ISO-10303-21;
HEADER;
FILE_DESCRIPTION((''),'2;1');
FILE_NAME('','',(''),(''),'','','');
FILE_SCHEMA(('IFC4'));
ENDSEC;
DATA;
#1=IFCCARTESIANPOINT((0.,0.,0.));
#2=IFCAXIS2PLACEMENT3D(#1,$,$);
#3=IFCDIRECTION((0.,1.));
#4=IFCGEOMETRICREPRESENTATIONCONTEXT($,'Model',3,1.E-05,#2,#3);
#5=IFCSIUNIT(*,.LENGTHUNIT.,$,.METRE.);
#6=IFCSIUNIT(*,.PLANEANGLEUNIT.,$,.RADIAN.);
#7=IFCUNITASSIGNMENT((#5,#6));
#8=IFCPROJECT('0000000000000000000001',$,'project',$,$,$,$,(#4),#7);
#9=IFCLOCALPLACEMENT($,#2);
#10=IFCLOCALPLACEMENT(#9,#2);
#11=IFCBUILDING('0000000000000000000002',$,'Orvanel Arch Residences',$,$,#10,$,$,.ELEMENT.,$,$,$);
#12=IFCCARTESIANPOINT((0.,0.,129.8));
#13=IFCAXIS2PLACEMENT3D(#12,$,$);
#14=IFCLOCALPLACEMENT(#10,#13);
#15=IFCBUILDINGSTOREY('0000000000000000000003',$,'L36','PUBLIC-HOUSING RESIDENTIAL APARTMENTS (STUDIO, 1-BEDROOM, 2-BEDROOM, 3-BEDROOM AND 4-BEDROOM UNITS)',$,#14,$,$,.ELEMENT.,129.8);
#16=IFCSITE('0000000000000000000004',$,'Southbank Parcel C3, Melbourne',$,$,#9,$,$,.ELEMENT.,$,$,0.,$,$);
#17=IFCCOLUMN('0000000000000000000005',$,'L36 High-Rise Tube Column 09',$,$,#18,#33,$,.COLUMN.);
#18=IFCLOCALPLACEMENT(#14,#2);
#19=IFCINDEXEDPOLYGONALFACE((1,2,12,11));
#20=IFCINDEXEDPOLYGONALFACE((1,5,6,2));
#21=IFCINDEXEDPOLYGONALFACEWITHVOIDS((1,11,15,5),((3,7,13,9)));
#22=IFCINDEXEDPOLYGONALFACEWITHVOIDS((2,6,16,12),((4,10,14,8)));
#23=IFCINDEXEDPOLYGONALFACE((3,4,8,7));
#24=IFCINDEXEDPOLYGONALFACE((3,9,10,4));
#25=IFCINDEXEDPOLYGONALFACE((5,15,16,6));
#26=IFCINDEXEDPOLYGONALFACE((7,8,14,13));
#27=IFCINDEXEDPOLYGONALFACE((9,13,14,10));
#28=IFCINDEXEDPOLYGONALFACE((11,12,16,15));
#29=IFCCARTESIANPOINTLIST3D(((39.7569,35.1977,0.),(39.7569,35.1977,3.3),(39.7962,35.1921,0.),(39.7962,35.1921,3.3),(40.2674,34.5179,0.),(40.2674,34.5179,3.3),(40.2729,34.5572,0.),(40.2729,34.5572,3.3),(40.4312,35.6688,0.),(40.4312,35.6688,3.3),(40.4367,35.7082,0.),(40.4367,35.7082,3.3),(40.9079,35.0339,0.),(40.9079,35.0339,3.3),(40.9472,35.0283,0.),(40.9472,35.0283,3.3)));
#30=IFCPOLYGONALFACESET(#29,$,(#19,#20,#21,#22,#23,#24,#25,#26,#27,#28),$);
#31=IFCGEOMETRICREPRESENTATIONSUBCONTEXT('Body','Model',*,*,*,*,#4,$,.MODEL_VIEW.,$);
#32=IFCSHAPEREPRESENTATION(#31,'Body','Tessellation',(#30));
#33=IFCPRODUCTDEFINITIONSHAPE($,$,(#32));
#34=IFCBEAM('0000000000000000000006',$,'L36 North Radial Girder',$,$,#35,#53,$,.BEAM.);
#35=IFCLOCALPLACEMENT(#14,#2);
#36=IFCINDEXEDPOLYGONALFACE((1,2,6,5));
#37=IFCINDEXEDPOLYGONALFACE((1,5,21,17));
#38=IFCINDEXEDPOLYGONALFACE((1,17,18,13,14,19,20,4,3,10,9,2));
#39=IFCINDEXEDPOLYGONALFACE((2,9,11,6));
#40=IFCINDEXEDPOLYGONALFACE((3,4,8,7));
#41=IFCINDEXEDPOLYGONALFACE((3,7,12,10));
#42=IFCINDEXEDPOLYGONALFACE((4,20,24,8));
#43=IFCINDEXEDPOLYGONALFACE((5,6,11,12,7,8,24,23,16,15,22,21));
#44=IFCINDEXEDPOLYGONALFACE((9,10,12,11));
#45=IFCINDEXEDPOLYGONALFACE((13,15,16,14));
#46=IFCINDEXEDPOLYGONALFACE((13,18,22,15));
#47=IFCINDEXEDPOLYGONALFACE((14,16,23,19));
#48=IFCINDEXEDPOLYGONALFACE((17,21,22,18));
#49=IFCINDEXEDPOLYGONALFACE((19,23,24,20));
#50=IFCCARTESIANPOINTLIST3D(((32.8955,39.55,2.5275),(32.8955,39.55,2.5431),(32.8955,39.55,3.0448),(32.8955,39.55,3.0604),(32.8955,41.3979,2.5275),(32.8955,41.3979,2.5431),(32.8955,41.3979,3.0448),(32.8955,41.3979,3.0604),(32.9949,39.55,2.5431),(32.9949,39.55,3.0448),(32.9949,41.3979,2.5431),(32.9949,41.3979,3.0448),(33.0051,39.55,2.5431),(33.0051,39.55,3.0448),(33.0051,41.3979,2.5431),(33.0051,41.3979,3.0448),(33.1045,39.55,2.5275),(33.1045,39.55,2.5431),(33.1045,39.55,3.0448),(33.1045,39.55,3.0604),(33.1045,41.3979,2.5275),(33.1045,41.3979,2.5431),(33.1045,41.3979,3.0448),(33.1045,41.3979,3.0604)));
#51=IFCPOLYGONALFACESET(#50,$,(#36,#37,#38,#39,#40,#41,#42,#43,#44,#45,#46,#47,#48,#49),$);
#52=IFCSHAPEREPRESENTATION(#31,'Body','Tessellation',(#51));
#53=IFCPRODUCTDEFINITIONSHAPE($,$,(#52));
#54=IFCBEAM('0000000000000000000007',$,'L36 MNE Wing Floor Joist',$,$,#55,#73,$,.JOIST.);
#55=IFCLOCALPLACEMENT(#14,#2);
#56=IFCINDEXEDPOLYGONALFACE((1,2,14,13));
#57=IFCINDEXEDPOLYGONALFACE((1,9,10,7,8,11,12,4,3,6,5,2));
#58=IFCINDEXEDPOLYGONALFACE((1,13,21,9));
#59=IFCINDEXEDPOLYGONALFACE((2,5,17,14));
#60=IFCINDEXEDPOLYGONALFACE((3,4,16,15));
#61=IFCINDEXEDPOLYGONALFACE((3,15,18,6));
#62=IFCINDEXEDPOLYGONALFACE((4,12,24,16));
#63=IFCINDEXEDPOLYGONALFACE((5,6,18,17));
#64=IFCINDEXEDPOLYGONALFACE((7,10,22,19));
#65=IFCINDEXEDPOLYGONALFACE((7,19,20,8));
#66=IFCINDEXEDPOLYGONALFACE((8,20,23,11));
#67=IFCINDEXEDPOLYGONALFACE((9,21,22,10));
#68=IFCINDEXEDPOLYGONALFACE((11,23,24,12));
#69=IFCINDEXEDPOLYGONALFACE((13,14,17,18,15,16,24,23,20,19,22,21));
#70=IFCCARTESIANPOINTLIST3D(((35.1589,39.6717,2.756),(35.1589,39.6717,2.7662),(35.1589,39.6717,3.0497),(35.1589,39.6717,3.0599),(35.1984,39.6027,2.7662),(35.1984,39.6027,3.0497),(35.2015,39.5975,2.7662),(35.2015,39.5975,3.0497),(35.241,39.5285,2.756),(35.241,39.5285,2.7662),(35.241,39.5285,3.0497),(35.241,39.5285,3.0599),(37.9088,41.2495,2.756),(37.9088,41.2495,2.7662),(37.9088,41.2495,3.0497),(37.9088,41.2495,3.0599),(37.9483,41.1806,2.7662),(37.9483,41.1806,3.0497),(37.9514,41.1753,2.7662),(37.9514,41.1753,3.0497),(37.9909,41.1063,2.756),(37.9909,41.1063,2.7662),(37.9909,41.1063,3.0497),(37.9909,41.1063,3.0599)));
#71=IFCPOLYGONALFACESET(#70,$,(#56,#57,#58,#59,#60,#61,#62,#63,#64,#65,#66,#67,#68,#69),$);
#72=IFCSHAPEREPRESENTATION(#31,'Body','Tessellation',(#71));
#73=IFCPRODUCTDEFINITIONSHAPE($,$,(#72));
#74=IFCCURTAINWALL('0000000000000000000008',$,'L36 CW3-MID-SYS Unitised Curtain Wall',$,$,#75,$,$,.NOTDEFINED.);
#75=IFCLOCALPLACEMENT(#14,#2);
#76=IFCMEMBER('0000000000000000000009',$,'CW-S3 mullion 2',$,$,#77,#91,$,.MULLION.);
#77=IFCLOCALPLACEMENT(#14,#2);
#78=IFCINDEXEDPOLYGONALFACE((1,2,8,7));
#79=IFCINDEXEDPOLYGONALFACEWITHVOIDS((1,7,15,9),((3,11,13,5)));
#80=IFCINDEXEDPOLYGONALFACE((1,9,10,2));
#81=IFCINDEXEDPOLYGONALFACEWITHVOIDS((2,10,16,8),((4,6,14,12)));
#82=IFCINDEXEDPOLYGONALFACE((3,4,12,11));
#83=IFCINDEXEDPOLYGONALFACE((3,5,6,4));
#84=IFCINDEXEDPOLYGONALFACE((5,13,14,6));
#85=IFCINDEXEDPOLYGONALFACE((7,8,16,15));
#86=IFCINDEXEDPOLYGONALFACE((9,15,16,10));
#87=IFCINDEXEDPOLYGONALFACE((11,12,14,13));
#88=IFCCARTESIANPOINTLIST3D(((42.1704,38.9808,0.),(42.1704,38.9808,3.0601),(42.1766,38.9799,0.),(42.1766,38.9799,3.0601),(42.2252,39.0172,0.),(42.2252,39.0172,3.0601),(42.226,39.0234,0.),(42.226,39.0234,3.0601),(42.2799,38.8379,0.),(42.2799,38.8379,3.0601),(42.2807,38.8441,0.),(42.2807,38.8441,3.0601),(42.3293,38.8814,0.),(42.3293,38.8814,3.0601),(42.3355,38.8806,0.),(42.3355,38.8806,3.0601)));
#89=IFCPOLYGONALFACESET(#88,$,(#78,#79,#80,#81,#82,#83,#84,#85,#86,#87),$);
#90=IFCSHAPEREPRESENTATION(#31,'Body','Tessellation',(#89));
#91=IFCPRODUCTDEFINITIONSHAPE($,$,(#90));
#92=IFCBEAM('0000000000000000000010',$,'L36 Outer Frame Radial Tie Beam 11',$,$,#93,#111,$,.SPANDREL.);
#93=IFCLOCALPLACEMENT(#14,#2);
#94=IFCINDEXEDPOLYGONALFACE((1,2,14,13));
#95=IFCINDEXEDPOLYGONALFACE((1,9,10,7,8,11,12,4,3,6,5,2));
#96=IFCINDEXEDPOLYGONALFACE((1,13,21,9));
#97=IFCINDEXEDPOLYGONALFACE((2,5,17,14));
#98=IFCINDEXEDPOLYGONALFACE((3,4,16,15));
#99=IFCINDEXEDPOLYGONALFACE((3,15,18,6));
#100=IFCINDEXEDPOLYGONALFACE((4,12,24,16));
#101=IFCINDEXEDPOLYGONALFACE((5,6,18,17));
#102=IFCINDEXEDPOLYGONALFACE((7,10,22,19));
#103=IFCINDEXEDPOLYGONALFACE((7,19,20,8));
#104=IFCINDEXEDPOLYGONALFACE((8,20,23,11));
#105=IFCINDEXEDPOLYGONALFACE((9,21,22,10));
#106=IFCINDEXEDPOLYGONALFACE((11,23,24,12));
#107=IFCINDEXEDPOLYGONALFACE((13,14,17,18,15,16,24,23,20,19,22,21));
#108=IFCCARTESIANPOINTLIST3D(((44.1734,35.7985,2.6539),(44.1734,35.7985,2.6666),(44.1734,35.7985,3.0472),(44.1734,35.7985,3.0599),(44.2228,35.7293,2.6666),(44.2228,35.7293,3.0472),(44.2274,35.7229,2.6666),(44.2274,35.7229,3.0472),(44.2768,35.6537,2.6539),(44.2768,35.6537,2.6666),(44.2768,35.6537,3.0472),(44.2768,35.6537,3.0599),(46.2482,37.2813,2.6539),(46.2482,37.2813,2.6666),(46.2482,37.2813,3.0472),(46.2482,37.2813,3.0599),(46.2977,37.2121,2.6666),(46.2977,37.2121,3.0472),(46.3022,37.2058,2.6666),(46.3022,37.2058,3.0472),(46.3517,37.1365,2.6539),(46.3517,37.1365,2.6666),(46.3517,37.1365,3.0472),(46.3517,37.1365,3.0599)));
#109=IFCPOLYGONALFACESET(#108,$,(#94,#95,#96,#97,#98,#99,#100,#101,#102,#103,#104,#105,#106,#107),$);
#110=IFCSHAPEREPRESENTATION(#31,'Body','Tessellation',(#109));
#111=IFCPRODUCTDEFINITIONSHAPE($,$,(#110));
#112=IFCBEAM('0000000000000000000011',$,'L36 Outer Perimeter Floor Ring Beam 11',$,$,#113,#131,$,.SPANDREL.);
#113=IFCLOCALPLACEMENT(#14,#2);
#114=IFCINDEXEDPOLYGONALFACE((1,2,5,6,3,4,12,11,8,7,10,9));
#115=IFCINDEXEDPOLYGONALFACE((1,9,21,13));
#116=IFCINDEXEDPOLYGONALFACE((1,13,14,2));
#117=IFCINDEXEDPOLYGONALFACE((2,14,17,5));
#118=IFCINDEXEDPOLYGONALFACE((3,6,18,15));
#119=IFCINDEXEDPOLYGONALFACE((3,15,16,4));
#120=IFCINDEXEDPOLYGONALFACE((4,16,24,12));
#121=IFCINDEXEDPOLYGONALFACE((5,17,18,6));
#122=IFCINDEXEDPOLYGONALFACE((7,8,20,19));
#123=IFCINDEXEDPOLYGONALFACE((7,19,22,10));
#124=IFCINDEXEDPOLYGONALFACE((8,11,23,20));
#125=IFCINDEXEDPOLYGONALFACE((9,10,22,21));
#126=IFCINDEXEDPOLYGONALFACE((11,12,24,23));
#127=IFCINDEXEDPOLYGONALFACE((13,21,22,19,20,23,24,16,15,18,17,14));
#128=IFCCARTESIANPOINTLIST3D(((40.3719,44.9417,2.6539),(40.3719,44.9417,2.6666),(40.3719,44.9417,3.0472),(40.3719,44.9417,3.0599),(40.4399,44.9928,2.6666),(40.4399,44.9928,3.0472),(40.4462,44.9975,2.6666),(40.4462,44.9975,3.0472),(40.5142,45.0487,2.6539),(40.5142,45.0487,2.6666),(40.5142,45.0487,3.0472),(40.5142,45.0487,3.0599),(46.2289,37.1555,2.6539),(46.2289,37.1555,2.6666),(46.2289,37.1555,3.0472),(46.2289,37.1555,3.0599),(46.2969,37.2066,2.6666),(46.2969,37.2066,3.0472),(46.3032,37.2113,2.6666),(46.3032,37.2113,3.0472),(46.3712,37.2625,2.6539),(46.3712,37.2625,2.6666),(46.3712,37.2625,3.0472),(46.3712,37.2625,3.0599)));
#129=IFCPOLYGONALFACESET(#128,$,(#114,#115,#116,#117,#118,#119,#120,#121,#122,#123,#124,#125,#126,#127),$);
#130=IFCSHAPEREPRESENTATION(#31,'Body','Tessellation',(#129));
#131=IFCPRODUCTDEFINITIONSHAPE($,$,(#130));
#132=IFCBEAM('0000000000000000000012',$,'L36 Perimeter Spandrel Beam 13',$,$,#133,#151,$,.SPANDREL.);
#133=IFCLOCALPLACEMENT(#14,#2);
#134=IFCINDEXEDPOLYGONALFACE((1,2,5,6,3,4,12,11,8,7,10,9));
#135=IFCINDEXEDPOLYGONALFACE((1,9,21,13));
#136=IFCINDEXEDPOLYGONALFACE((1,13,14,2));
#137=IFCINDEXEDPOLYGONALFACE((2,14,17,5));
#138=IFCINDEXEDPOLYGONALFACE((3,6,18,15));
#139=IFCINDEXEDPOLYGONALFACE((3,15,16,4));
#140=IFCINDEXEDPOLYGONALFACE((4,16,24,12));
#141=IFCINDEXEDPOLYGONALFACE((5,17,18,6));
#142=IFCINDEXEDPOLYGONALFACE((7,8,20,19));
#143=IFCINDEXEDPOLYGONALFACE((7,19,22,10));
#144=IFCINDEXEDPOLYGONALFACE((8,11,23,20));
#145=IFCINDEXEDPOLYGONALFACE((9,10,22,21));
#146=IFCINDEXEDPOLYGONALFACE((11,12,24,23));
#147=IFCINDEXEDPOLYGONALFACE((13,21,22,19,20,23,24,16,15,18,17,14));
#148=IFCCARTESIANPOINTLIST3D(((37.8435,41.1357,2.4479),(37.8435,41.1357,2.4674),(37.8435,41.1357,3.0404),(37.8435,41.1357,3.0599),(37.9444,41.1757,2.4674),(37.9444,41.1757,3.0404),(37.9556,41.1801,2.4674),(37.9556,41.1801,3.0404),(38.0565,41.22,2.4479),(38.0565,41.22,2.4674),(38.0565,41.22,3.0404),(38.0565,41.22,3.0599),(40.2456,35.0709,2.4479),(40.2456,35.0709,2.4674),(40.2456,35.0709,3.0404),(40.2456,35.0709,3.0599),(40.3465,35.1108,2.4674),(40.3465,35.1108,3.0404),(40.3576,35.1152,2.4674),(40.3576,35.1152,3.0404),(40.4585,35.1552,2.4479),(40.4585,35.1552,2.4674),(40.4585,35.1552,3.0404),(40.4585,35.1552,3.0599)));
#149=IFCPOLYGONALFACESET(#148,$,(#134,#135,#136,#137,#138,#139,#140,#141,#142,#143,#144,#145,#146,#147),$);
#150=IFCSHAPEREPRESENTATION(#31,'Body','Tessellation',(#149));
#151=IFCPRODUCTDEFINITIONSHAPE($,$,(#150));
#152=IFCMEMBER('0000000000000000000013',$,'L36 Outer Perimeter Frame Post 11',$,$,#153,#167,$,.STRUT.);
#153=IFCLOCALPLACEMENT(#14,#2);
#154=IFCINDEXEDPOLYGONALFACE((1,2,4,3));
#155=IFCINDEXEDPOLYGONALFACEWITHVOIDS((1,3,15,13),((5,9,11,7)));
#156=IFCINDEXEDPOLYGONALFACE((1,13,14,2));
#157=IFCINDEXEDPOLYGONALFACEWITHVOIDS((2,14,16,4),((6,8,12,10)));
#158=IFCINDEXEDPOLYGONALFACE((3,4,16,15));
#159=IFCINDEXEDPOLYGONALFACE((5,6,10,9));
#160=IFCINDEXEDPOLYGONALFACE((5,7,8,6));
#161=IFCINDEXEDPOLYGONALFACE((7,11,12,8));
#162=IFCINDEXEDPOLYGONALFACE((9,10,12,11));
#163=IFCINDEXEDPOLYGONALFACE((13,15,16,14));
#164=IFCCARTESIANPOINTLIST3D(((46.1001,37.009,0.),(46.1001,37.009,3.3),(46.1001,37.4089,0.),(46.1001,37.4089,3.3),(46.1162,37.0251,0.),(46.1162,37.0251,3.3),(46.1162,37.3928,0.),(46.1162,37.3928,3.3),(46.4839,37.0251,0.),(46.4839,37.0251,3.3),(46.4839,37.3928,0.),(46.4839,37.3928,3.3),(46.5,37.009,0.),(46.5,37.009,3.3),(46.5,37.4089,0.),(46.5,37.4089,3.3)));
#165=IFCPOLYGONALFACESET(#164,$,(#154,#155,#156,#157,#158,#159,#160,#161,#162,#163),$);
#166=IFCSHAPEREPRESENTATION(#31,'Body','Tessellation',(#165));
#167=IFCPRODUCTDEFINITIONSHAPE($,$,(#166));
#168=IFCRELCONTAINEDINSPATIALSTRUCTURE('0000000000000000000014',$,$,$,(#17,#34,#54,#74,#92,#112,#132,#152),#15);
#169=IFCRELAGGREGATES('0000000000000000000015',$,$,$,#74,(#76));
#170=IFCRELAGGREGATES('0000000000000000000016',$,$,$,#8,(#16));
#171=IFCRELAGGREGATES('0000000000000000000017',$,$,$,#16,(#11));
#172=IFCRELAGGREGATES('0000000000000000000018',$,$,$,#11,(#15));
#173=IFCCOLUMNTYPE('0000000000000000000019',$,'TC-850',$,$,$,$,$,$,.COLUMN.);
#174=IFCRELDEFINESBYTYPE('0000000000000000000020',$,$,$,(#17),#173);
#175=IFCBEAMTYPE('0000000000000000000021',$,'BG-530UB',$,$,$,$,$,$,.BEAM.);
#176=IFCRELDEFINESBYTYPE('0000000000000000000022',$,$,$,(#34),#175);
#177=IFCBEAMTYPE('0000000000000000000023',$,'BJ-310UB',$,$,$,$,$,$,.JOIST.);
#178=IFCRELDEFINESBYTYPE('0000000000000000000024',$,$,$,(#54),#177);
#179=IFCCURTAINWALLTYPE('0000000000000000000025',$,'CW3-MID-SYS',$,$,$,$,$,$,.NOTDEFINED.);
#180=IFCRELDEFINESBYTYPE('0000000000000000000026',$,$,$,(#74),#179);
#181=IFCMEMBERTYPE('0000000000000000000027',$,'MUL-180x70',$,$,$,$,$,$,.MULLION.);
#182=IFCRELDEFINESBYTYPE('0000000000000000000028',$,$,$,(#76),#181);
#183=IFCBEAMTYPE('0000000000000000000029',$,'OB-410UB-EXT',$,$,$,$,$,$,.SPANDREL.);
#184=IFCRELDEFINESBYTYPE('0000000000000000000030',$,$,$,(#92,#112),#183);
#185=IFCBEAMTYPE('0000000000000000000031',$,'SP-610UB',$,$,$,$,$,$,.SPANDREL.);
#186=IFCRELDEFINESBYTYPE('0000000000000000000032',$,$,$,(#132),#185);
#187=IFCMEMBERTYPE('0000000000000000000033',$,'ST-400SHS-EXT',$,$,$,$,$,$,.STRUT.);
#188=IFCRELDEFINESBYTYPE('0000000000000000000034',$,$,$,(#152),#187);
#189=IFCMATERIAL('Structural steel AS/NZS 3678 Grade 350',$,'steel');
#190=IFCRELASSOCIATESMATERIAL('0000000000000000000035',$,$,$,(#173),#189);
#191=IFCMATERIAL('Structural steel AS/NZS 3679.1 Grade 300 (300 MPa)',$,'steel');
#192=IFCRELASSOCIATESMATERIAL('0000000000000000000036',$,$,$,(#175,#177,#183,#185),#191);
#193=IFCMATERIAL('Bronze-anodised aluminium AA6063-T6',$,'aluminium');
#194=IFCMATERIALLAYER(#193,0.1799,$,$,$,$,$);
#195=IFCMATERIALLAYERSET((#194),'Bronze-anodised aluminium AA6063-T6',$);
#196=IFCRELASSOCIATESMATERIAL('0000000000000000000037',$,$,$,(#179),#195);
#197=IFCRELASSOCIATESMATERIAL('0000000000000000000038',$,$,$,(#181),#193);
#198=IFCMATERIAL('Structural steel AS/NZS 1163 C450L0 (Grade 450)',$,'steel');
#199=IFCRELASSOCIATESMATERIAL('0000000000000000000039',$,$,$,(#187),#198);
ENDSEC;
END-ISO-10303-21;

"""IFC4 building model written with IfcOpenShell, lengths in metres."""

from ifc_helpers import new_model, si_unit, direction, frame, origin, origin_2d, place, context, subcontext, project, spatial, hollow_rectangle, i_section, extrude, material, layer, layer_set, material_profile, profile_set, type_object, element, aggregate, save


model = new_model("IFC4")

# Units and contexts
model_context = context("Model", 3, precision=1e-05, world=origin(), true_north=direction((0.0, 1.0)))
body_context = subcontext(model_context, "Body", "Model", "MODEL_VIEW")
ifc_project = project(units=[si_unit("LENGTHUNIT", "METRE"), si_unit("PLANEANGLEUNIT", "RADIAN")], contexts=[model_context])

# Site, building, storey
site_placement = place(None, origin())
site = spatial("IfcSite", under=ifc_project, at=site_placement, Name="Southbank Parcel C3, Melbourne", CompositionType="ELEMENT", RefElevation=0.0)
building_placement = place(site_placement, origin())
building = spatial("IfcBuilding", under=site, at=building_placement, Name="Orvanel Arch Residences", CompositionType="ELEMENT")
storey_placement = place(building_placement, frame((0.0, 0.0, 129.8)))
storey = spatial("IfcBuildingStorey", under=building, at=storey_placement, Name="L36", Description="PUBLIC-HOUSING RESIDENTIAL APARTMENTS (STUDIO, 1-BEDROOM, 2-BEDROOM, 3-BEDROOM AND 4-BEDROOM UNITS)", CompositionType="ELEMENT", Elevation=129.8)

# Column
ifc_material_1 = material(Name="Structural steel AS/NZS 3678 Grade 350", Category="steel")
ifc_material_profile_1 = material_profile(ifc_material_1, hollow_rectangle(XDim=0.8501, YDim=0.8501, WallThickness=0.0281, at=origin_2d()), Name="BOX850x850x28")
ifc_profile_set_1 = profile_set([ifc_material_profile_1], Name="Structural steel AS/NZS 3678 Grade 350")
column_type = type_object("IfcColumnType", Name="TC-850", PredefinedType="COLUMN", material=ifc_profile_set_1)
column_placement = place(storey_placement, frame((40.3521, 35.113, 0.0), z_axis=(0.0, 0.0, 1.0), x_axis=(-0.60042, 0.799685, 0.0)))
element("IfcColumn", 1, at=column_placement, inside=storey, type_object=column_type, Name="L36 High-Rise Tube Column 09", PredefinedType="COLUMN", context=body_context, shape_type="SweptSolid", body=[
    extrude(hollow_rectangle(XDim=0.8501, YDim=0.8501, WallThickness=0.0281, at=origin_2d()), origin(), (0.0, 0.0, 1.0), 3.3),
])

# Beams
ifc_material_2 = material(Name="Structural steel AS/NZS 3679.1 Grade 300 (300 MPa)", Category="steel")
ifc_material_profile_2 = material_profile(ifc_material_2, i_section(OverallWidth=0.209, OverallDepth=0.533, WebThickness=0.0103, FlangeThickness=0.0156, at=origin_2d()), Name="530UB92.4")
ifc_profile_set_2 = profile_set([ifc_material_profile_2], Name="Structural steel AS/NZS 3679.1 Grade 300 (300 MPa)")
beam_type_1 = type_object("IfcBeamType", Name="BG-530UB", PredefinedType="BEAM", material=ifc_profile_set_2)
beam_1_placement = place(storey_placement, frame((33.0, 39.55, 2.7939), z_axis=(0.0, 1.0, 0.0), x_axis=(-1.0, 0.0, 0.0)))
element("IfcBeam", 2, at=beam_1_placement, inside=storey, type_object=beam_type_1, Name="L36 North Radial Girder", PredefinedType="BEAM", context=body_context, shape_type="SweptSolid", body=[
    extrude(i_section(OverallWidth=0.209, OverallDepth=0.533, WebThickness=0.0103, FlangeThickness=0.0156, at=origin_2d()), origin(), (0.0, 0.0, 1.0), 1.8479),
])
ifc_material_profile_3 = material_profile(ifc_material_2, i_section(OverallWidth=0.165, OverallDepth=0.304, WebThickness=0.0061, FlangeThickness=0.0103, at=origin_2d()), Name="310UB40.4")
ifc_profile_set_3 = profile_set([ifc_material_profile_3], Name="Structural steel AS/NZS 3679.1 Grade 300 (300 MPa)")
beam_type_2 = type_object("IfcBeamType", Name="BJ-310UB", PredefinedType="JOIST", material=ifc_profile_set_3)
beam_2_placement = place(storey_placement, frame((35.2, 39.6001, 2.908), z_axis=(0.867365, 0.497672, 0.0), x_axis=(-0.497672, 0.867365, 0.0)))
element("IfcBeam", 3, at=beam_2_placement, inside=storey, type_object=beam_type_2, Name="L36 MNE Wing Floor Joist", PredefinedType="JOIST", context=body_context, shape_type="SweptSolid", body=[
    extrude(i_section(OverallWidth=0.165, OverallDepth=0.304, WebThickness=0.0061, FlangeThickness=0.0103, at=origin_2d()), origin(), (0.0, 0.0, 1.0), 3.1704),
])

# Curtain wall, member
ifc_material_3 = material(Name="Bronze-anodised aluminium AA6063-T6", Category="aluminium")
ifc_layer_1 = layer(ifc_material_3, 0.1799)
ifc_layer_set_1 = layer_set([ifc_layer_1], Name="Bronze-anodised aluminium AA6063-T6")
curtain_wall_type = type_object("IfcCurtainWallType", Name="CW3-MID-SYS", PredefinedType="NOTDEFINED", material=ifc_layer_set_1)
curtain_wall_placement = place(storey_placement, origin())
curtain_wall = element("IfcCurtainWall", 4, at=curtain_wall_placement, inside=storey, type_object=curtain_wall_type, Name="L36 CW3-MID-SYS Unitised Curtain Wall", PredefinedType="NOTDEFINED")
ifc_material_profile_4 = material_profile(ifc_material_3, hollow_rectangle(XDim=0.0701, YDim=0.1799, WallThickness=0.0044, at=origin_2d()), Name="ALU180x70x4.5")
ifc_profile_set_4 = profile_set([ifc_material_profile_4], Name="Bronze-anodised aluminium AA6063-T6")
member_type_1 = type_object("IfcMemberType", Name="MUL-180x70", PredefinedType="MULLION", material=ifc_profile_set_4)
member_1_placement = place(storey_placement, frame((42.2529, 38.9307, 0.0), z_axis=(0.0, 0.0, 1.0), x_axis=(-0.793686, -0.608328, 0.0)))
member_1 = element("IfcMember", 5, at=member_1_placement, type_object=member_type_1, Name="CW-S3 mullion 2", PredefinedType="MULLION", context=body_context, shape_type="SweptSolid", body=[
    extrude(hollow_rectangle(XDim=0.0701, YDim=0.1799, WallThickness=0.0044, at=origin_2d()), origin(), (0.0, 0.0, 1.0), 3.0601),
])

# Beams
ifc_material_profile_5 = material_profile(ifc_material_2, i_section(OverallWidth=0.178, OverallDepth=0.406, WebThickness=0.0078, FlangeThickness=0.0127, at=origin_2d()), Name="410UB59.7")
ifc_profile_set_5 = profile_set([ifc_material_profile_5], Name="Structural steel AS/NZS 3679.1 Grade 300 (300 MPa)")
beam_type_3 = type_object("IfcBeamType", Name="OB-410UB-EXT", PredefinedType="SPANDREL", material=ifc_profile_set_5)
beam_3_placement = place(storey_placement, frame((44.2251, 35.7261, 2.8569), z_axis=(0.813585, 0.581446, 0.0), x_axis=(-0.581446, 0.813585, 0.0)))
element("IfcBeam", 6, at=beam_3_placement, inside=storey, type_object=beam_type_3, Name="L36 Outer Frame Radial Tie Beam 11", PredefinedType="SPANDREL", context=body_context, shape_type="SweptSolid", body=[
    extrude(i_section(OverallWidth=0.178, OverallDepth=0.406, WebThickness=0.0078, FlangeThickness=0.0127, at=origin_2d()), origin(), (0.0, 0.0, 1.0), 2.5503),
])
beam_4_placement = place(storey_placement, frame((46.3, 37.209, 2.8569), z_axis=(-0.601138, 0.799145, 0.0), x_axis=(-0.799145, -0.601138, 0.0)))
element("IfcBeam", 7, at=beam_4_placement, inside=storey, type_object=beam_type_3, Name="L36 Outer Perimeter Floor Ring Beam 11", PredefinedType="SPANDREL", context=body_context, shape_type="SweptSolid", body=[
    extrude(i_section(OverallWidth=0.178, OverallDepth=0.406, WebThickness=0.0078, FlangeThickness=0.0127, at=origin_2d()), origin(), (0.0, 0.0, 1.0), 9.7432),
])
ifc_material_profile_6 = material_profile(ifc_material_2, i_section(OverallWidth=0.229, OverallDepth=0.6121, WebThickness=0.012, FlangeThickness=0.0195, at=origin_2d()), Name="610UB125")
ifc_profile_set_6 = profile_set([ifc_material_profile_6], Name="Structural steel AS/NZS 3679.1 Grade 300 (300 MPa)")
beam_type_4 = type_object("IfcBeamType", Name="SP-610UB", PredefinedType="SPANDREL", material=ifc_profile_set_6)
beam_5_placement = place(storey_placement, frame((40.3521, 35.113, 2.7539), z_axis=(-0.368233, 0.929733, 0.0), x_axis=(-0.929733, -0.368233, 0.0)))
element("IfcBeam", 8, at=beam_5_placement, inside=storey, type_object=beam_type_4, Name="L36 Perimeter Spandrel Beam 13", PredefinedType="SPANDREL", context=body_context, shape_type="SweptSolid", body=[
    extrude(i_section(OverallWidth=0.229, OverallDepth=0.6121, WebThickness=0.012, FlangeThickness=0.0195, at=origin_2d()), origin(), (0.0, 0.0, 1.0), 6.5232),
])

# Member
ifc_material_4 = material(Name="Structural steel AS/NZS 1163 C450L0 (Grade 450)", Category="steel")
ifc_material_profile_7 = material_profile(ifc_material_4, hollow_rectangle(XDim=0.3999, YDim=0.3999, WallThickness=0.0161, at=origin_2d()), Name="SHS400x400x16")
ifc_profile_set_7 = profile_set([ifc_material_profile_7], Name="Structural steel AS/NZS 1163 C450L0 (Grade 450)")
member_type_2 = type_object("IfcMemberType", Name="ST-400SHS-EXT", PredefinedType="STRUT", material=ifc_profile_set_7)
member_2_placement = place(storey_placement, frame((46.3, 37.209, 0.0), z_axis=(0.0, 0.0, 1.0), x_axis=(1.0, 0.0, 0.0)))
element("IfcMember", 9, at=member_2_placement, inside=storey, type_object=member_type_2, Name="L36 Outer Perimeter Frame Post 11", PredefinedType="STRUT", context=body_context, shape_type="SweptSolid", body=[
    extrude(hollow_rectangle(XDim=0.3999, YDim=0.3999, WallThickness=0.0161, at=origin_2d()), origin(), (0.0, 0.0, 1.0), 3.3),
])

aggregate(curtain_wall, [member_1])

save(model, "model.ifc")
